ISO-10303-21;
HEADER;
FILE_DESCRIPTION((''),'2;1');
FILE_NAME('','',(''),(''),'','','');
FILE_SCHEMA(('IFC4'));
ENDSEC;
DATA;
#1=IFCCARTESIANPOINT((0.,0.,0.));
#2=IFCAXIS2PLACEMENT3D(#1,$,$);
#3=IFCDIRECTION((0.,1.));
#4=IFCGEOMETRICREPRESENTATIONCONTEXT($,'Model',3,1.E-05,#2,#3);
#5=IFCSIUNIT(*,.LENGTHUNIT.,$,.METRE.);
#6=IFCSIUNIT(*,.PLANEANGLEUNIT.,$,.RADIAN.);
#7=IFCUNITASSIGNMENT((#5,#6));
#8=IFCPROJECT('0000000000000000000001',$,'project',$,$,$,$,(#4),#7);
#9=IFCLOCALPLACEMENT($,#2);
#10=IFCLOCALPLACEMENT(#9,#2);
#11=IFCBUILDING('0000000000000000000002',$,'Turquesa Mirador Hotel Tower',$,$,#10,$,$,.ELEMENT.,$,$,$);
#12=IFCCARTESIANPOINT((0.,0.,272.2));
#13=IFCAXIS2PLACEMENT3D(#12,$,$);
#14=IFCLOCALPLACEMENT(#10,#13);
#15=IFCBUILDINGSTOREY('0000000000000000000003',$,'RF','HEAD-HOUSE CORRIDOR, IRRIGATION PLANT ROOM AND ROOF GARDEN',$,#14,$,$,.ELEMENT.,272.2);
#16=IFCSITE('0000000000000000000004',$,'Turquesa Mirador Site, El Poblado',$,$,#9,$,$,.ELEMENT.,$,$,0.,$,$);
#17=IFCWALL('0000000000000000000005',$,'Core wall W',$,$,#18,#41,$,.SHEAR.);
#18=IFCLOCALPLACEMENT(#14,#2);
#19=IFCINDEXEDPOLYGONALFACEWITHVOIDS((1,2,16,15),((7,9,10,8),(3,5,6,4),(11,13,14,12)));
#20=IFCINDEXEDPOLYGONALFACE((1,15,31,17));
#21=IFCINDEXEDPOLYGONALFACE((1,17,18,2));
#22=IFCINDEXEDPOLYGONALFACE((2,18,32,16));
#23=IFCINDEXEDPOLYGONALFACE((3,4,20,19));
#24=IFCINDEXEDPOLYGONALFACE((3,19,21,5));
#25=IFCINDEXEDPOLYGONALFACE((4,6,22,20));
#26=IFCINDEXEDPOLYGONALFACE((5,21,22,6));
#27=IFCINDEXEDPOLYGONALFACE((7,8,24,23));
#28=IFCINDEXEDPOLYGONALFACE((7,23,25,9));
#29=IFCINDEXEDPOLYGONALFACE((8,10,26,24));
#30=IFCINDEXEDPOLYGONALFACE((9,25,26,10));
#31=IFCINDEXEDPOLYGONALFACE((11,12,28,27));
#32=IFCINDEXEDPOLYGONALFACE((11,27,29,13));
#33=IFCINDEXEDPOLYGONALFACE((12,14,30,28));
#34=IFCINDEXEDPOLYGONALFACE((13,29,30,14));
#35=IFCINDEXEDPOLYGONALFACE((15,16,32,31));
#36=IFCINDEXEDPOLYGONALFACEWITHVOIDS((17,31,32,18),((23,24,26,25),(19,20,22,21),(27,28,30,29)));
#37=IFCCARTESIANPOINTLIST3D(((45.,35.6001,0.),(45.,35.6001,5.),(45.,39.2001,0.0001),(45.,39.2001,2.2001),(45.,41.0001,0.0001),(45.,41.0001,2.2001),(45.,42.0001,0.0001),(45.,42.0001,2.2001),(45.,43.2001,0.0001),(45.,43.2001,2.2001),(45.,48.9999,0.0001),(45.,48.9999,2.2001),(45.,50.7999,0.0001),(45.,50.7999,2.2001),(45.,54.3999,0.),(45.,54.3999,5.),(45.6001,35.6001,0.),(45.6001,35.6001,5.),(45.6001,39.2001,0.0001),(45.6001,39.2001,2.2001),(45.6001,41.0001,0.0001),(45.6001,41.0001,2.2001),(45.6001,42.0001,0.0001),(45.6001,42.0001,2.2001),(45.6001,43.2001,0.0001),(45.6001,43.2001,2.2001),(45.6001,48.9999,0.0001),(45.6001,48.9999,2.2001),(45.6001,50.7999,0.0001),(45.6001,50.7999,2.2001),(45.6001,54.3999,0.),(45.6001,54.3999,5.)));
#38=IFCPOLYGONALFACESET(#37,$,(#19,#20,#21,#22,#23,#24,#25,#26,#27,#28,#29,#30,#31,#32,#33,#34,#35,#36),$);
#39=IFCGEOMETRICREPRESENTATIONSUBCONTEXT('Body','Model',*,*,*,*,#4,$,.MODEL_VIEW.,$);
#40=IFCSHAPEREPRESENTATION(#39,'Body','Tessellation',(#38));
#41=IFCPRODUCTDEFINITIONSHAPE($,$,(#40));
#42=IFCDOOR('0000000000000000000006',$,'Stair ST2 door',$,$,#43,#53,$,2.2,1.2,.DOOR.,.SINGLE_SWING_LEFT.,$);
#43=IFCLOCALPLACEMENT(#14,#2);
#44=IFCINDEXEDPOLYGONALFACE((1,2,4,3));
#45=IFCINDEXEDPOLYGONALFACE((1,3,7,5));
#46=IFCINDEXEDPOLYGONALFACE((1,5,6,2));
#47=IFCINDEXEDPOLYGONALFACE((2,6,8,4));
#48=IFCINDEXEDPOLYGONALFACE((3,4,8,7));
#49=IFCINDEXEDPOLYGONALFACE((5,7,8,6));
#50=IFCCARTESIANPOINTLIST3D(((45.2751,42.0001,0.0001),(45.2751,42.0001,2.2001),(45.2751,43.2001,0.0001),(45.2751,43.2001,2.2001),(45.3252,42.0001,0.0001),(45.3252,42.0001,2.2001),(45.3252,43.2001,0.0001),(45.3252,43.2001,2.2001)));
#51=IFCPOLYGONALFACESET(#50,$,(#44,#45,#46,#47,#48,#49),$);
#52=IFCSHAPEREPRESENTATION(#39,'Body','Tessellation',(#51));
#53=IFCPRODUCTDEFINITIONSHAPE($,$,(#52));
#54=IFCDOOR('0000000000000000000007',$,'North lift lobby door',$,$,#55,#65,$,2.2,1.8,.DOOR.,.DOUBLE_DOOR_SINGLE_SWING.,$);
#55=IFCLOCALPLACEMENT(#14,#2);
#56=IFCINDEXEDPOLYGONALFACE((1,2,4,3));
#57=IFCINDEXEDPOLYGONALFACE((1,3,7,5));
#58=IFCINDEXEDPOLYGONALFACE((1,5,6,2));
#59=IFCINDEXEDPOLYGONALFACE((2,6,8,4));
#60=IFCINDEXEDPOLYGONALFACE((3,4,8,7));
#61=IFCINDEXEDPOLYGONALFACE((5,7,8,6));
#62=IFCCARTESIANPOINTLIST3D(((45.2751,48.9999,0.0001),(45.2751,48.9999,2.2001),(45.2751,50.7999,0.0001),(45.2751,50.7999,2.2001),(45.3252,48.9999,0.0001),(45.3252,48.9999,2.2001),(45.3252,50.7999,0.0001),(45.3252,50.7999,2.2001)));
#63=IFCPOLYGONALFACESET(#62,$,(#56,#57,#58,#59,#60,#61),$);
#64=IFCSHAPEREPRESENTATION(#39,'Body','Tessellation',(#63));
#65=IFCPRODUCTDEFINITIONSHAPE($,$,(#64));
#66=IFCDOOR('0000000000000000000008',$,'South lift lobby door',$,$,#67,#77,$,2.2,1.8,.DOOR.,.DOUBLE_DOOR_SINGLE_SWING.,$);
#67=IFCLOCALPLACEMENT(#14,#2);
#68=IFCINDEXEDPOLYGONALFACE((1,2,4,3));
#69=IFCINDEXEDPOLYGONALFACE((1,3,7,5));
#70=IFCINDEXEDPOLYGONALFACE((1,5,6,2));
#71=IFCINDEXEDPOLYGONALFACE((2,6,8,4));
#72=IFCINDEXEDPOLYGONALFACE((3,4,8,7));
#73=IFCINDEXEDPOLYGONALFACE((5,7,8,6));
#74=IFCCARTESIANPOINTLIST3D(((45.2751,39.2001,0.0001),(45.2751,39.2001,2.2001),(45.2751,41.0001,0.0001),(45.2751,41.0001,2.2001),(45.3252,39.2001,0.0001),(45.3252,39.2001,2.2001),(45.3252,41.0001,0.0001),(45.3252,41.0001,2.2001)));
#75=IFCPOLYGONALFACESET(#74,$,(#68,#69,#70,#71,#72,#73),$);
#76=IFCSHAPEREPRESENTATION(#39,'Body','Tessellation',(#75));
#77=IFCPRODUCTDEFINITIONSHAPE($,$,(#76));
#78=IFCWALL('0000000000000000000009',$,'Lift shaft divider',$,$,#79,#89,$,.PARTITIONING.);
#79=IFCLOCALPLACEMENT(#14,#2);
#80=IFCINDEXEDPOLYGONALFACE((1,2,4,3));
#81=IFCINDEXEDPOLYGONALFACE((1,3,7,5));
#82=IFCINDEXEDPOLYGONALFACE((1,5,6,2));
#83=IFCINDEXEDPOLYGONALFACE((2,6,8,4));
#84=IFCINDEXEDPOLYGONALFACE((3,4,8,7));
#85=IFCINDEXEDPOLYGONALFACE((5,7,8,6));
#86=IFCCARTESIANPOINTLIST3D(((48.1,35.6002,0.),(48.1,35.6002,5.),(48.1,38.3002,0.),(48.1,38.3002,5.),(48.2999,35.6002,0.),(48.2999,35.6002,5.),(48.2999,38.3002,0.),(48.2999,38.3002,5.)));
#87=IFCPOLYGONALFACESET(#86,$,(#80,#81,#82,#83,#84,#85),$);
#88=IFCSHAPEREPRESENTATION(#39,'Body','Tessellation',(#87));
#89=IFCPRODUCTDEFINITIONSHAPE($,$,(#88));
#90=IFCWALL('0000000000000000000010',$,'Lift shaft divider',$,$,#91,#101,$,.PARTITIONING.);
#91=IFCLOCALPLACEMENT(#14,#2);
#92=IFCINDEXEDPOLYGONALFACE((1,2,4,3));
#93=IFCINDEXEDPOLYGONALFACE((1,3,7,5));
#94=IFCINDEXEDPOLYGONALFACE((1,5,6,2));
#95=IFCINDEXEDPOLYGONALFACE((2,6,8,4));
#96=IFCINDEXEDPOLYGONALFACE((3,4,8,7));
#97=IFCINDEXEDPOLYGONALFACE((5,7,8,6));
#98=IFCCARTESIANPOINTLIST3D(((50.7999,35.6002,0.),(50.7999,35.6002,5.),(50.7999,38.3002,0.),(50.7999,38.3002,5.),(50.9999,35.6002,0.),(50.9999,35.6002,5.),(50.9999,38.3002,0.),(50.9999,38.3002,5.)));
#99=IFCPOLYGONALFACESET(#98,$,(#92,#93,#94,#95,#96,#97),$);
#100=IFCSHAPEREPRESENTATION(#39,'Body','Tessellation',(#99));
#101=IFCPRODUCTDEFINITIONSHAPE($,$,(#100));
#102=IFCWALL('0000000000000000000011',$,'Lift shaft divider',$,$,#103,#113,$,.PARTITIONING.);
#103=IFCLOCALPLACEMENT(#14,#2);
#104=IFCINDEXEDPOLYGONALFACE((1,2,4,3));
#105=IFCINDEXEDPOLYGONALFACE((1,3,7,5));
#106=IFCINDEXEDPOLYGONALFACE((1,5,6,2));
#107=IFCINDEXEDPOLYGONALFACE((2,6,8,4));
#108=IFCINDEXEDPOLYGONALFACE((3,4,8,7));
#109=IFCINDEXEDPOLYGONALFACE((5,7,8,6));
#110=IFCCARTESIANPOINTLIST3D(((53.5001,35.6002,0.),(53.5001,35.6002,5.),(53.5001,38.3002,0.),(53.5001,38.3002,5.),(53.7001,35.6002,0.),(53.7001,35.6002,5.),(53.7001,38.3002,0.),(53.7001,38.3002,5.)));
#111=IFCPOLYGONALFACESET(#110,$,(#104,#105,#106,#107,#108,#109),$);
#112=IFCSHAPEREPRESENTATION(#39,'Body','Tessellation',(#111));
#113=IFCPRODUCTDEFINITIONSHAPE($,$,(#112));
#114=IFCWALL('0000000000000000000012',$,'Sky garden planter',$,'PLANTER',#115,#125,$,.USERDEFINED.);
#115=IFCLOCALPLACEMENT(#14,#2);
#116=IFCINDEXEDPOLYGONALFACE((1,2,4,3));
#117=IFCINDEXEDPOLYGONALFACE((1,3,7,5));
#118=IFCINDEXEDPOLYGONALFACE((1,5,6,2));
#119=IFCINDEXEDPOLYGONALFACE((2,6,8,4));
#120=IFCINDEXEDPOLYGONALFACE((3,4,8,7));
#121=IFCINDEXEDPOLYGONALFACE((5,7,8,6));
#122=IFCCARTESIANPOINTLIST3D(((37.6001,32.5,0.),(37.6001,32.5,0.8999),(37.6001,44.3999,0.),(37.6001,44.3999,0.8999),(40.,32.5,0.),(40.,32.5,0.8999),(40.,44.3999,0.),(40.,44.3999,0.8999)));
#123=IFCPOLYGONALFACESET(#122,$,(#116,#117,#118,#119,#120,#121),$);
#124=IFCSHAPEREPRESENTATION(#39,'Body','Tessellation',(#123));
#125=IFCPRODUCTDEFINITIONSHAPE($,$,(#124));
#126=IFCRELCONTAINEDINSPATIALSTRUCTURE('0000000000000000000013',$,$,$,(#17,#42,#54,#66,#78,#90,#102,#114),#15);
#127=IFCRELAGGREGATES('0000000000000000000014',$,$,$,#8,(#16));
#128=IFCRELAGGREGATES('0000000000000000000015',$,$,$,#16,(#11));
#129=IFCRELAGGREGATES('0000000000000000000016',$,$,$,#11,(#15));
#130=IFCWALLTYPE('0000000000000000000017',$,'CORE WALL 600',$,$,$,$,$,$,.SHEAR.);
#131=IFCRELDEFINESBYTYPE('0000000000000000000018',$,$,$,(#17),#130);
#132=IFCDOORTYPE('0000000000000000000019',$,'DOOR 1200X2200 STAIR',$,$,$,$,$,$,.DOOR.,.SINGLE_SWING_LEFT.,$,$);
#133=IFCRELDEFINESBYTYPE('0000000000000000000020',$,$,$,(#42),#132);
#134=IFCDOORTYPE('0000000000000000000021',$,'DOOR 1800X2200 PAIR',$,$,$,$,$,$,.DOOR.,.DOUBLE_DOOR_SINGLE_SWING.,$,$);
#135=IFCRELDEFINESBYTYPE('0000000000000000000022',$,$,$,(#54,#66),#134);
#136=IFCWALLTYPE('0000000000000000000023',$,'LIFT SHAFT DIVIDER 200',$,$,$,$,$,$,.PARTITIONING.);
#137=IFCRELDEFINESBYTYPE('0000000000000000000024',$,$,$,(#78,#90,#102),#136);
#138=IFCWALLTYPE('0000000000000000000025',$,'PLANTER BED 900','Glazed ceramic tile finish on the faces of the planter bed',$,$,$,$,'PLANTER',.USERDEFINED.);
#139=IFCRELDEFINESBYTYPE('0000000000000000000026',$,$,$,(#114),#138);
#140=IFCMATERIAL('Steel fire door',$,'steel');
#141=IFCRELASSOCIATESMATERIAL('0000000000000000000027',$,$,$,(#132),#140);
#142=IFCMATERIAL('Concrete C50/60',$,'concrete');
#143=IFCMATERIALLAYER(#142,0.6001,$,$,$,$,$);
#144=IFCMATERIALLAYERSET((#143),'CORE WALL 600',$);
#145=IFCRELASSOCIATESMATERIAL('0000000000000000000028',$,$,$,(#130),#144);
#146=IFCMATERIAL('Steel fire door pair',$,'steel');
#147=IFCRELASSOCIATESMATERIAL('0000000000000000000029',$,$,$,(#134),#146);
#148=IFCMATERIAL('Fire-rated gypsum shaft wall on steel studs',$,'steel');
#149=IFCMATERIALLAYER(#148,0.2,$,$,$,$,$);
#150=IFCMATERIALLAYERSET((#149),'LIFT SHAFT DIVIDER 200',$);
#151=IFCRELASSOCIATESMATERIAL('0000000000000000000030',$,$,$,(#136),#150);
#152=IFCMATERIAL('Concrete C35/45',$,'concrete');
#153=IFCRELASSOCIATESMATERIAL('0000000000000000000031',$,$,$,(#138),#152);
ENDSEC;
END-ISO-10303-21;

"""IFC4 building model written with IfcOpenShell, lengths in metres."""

from ifc_helpers import new_model, si_unit, direction, frame, frame_2d, origin, origin_2d, place, context, subcontext, project, spatial, rectangle, extrude, material, layer, layer_set, type_object, element, fill, save


model = new_model("IFC4")

# Units and contexts
model_context = context("Model", 3, precision=1e-05, world=origin(), true_north=direction((0.0, 1.0)))
body_context = subcontext(model_context, "Body", "Model", "MODEL_VIEW")
ifc_project = project(units=[si_unit("LENGTHUNIT", "METRE"), si_unit("PLANEANGLEUNIT", "RADIAN")], contexts=[model_context])

# Site, building, storey
site_placement = place(None, origin())
site = spatial("IfcSite", under=ifc_project, at=site_placement, Name="Turquesa Mirador Site, El Poblado", CompositionType="ELEMENT", RefElevation=0.0)
building_placement = place(site_placement, origin())
building = spatial("IfcBuilding", under=site, at=building_placement, Name="Turquesa Mirador Hotel Tower", CompositionType="ELEMENT")
storey_placement = place(building_placement, frame((0.0, 0.0, 272.2)))
storey = spatial("IfcBuildingStorey", under=building, at=storey_placement, Name="RF", Description="HEAD-HOUSE CORRIDOR, IRRIGATION PLANT ROOM AND ROOF GARDEN", CompositionType="ELEMENT", Elevation=272.2)

# Shared definitions
ifc_material_1 = material(Name="Steel fire door", Category="steel")
door_type_1 = type_object("IfcDoorType", Name="DOOR 1200X2200 STAIR", OperationType="SINGLE_SWING_LEFT", PredefinedType="DOOR", material=ifc_material_1)

# Shared definitions
ifc_material_2 = material(Name="Concrete C50/60", Category="concrete")
ifc_layer_1 = layer(ifc_material_2, 0.6001)
ifc_layer_set_1 = layer_set([ifc_layer_1], Name="CORE WALL 600")
wall_type_1 = type_object("IfcWallType", Name="CORE WALL 600", PredefinedType="SHEAR", material=ifc_layer_set_1)

# Wall, openings, doors
wall_1_placement = place(storey_placement, frame((45.3, 35.6001, 0.0), z_axis=(0.0, 0.0, 1.0), x_axis=(0.0, 1.0, 0.0)))
wall_1 = element("IfcWall", 1, at=wall_1_placement, inside=storey, type_object=wall_type_1, Name="Core wall W", PredefinedType="SHEAR", context=body_context, shape_type="SweptSolid", body=[
    extrude(rectangle(XDim=18.7998, YDim=0.6001, at=frame_2d((9.3999, 0.0))), origin(), (0.0, 0.0, 1.0), 5.0),
])
opening_1_placement = place(wall_1_placement, frame((13.3999, 0.0, 0.0)))
opening_1 = element("IfcOpeningElement", 2, at=opening_1_placement, cuts=wall_1, PredefinedType="OPENING", context=body_context, shape_type="SweptSolid", body=[
    extrude(rectangle(XDim=1.8, YDim=2.2, at=frame_2d((0.8999, 1.1001))), frame((0.0, 0.3101, 0.0), z_axis=(0.0, -1.0, 0.0), x_axis=(1.0, 0.0, 0.0)), (0.0, 0.0, 1.0), 0.6201),
])
opening_2_placement = place(wall_1_placement, frame((3.6001, 0.0, 0.0)))
opening_2 = element("IfcOpeningElement", 3, at=opening_2_placement, cuts=wall_1, PredefinedType="OPENING", context=body_context, shape_type="SweptSolid", body=[
    extrude(rectangle(XDim=1.8, YDim=2.2, at=frame_2d((0.8999, 1.1001))), frame((0.0, 0.3101, 0.0), z_axis=(0.0, -1.0, 0.0), x_axis=(1.0, 0.0, 0.0)), (0.0, 0.0, 1.0), 0.6201),
])
opening_3_placement = place(wall_1_placement, frame((6.3999, 0.0, 0.0)))
opening_3 = element("IfcOpeningElement", 4, at=opening_3_placement, cuts=wall_1, PredefinedType="OPENING", context=body_context, shape_type="SweptSolid", body=[
    extrude(rectangle(XDim=1.2, YDim=2.2, at=frame_2d((0.6001, 1.1001))), frame((0.0, 0.3101, 0.0), z_axis=(0.0, -1.0, 0.0), x_axis=(1.0, 0.0, 0.0)), (0.0, 0.0, 1.0), 0.6201),
])
door_1_placement = place(opening_3_placement, origin())
door_1 = element("IfcDoor", 5, at=door_1_placement, inside=storey, type_object=door_type_1, Name="Stair ST2 door", OperationType="SINGLE_SWING_LEFT", OverallHeight=2.2, OverallWidth=1.2, PredefinedType="DOOR", context=body_context, shape_type="SweptSolid", body=[
    extrude(rectangle(XDim=1.2, YDim=2.2, at=frame_2d((0.6001, 1.1001))), frame((0.0, 0.0249, 0.0), z_axis=(0.0, -1.0, 0.0), x_axis=(1.0, 0.0, 0.0)), (0.0, 0.0, 1.0), 0.05),
])
fill(opening_3, door_1)
ifc_material_3 = material(Name="Steel fire door pair", Category="steel")
door_type_2 = type_object("IfcDoorType", Name="DOOR 1800X2200 PAIR", OperationType="DOUBLE_DOOR_SINGLE_SWING", PredefinedType="DOOR", material=ifc_material_3)
door_2_placement = place(opening_1_placement, origin())
door_2 = element("IfcDoor", 6, at=door_2_placement, inside=storey, type_object=door_type_2, Name="North lift lobby door", OperationType="DOUBLE_DOOR_SINGLE_SWING", OverallHeight=2.2, OverallWidth=1.8, PredefinedType="DOOR", context=body_context, shape_type="SweptSolid", body=[
    extrude(rectangle(XDim=1.8, YDim=2.2, at=frame_2d((0.8999, 1.1001))), frame((0.0, 0.0249, 0.0), z_axis=(0.0, -1.0, 0.0), x_axis=(1.0, 0.0, 0.0)), (0.0, 0.0, 1.0), 0.05),
])
fill(opening_1, door_2)
door_3_placement = place(opening_2_placement, origin())
door_3 = element("IfcDoor", 7, at=door_3_placement, inside=storey, type_object=door_type_2, Name="South lift lobby door", OperationType="DOUBLE_DOOR_SINGLE_SWING", OverallHeight=2.2, OverallWidth=1.8, PredefinedType="DOOR", context=body_context, shape_type="SweptSolid", body=[
    extrude(rectangle(XDim=1.8, YDim=2.2, at=frame_2d((0.8999, 1.1001))), frame((0.0, 0.0249, 0.0), z_axis=(0.0, -1.0, 0.0), x_axis=(1.0, 0.0, 0.0)), (0.0, 0.0, 1.0), 0.05),
])
fill(opening_2, door_3)

# Walls
ifc_material_4 = material(Name="Fire-rated gypsum shaft wall on steel studs", Category="steel")
ifc_layer_2 = layer(ifc_material_4, 0.2)
ifc_layer_set_2 = layer_set([ifc_layer_2], Name="LIFT SHAFT DIVIDER 200")
wall_type_2 = type_object("IfcWallType", Name="LIFT SHAFT DIVIDER 200", PredefinedType="PARTITIONING", material=ifc_layer_set_2)
for number, where, z_axis, x_axis, name in (
    (8, (48.2, 35.6001, 0.0), (0.0, 0.0, 1.0), (0.0, 1.0, 0.0), "Lift shaft divider"),
    (9, (50.8999, 35.6001, 0.0), (0.0, 0.0, 1.0), (0.0, 1.0, 0.0), "Lift shaft divider"),
    (10, (53.6001, 35.6001, 0.0), (0.0, 0.0, 1.0), (0.0, 1.0, 0.0), "Lift shaft divider"),
):
    element("IfcWall", number, at=place(storey_placement, frame(where, z_axis=z_axis, x_axis=x_axis)), inside=storey, type_object=wall_type_2, Name=name, PredefinedType="PARTITIONING", context=body_context, shape_type="SweptSolid", body=[
        extrude(rectangle(XDim=2.7, YDim=0.2, at=frame_2d((1.3501, 0.0))), origin(), (0.0, 0.0, 1.0), 5.0),
    ])
ifc_material_5 = material(Name="Concrete C35/45", Category="concrete")
wall_type_3 = type_object("IfcWallType", Name="PLANTER BED 900", Description="Glazed ceramic tile finish on the faces of the planter bed", ElementType="PLANTER", PredefinedType="USERDEFINED", material=ifc_material_5)
wall_2_placement = place(storey_placement, frame((38.8, 38.45, 0.0), z_axis=(0.0, 0.0, 1.0), x_axis=(1.0, 0.0, 0.0)))
element("IfcWall", 11, at=wall_2_placement, inside=storey, type_object=wall_type_3, Name="Sky garden planter", ObjectType="PLANTER", PredefinedType="USERDEFINED", context=body_context, shape_type="SweptSolid", body=[
    extrude(rectangle(XDim=2.3999, YDim=11.8999, at=origin_2d()), origin(), (0.0, 0.0, 1.0), 0.8999),
])

save(model, "model.ifc")
